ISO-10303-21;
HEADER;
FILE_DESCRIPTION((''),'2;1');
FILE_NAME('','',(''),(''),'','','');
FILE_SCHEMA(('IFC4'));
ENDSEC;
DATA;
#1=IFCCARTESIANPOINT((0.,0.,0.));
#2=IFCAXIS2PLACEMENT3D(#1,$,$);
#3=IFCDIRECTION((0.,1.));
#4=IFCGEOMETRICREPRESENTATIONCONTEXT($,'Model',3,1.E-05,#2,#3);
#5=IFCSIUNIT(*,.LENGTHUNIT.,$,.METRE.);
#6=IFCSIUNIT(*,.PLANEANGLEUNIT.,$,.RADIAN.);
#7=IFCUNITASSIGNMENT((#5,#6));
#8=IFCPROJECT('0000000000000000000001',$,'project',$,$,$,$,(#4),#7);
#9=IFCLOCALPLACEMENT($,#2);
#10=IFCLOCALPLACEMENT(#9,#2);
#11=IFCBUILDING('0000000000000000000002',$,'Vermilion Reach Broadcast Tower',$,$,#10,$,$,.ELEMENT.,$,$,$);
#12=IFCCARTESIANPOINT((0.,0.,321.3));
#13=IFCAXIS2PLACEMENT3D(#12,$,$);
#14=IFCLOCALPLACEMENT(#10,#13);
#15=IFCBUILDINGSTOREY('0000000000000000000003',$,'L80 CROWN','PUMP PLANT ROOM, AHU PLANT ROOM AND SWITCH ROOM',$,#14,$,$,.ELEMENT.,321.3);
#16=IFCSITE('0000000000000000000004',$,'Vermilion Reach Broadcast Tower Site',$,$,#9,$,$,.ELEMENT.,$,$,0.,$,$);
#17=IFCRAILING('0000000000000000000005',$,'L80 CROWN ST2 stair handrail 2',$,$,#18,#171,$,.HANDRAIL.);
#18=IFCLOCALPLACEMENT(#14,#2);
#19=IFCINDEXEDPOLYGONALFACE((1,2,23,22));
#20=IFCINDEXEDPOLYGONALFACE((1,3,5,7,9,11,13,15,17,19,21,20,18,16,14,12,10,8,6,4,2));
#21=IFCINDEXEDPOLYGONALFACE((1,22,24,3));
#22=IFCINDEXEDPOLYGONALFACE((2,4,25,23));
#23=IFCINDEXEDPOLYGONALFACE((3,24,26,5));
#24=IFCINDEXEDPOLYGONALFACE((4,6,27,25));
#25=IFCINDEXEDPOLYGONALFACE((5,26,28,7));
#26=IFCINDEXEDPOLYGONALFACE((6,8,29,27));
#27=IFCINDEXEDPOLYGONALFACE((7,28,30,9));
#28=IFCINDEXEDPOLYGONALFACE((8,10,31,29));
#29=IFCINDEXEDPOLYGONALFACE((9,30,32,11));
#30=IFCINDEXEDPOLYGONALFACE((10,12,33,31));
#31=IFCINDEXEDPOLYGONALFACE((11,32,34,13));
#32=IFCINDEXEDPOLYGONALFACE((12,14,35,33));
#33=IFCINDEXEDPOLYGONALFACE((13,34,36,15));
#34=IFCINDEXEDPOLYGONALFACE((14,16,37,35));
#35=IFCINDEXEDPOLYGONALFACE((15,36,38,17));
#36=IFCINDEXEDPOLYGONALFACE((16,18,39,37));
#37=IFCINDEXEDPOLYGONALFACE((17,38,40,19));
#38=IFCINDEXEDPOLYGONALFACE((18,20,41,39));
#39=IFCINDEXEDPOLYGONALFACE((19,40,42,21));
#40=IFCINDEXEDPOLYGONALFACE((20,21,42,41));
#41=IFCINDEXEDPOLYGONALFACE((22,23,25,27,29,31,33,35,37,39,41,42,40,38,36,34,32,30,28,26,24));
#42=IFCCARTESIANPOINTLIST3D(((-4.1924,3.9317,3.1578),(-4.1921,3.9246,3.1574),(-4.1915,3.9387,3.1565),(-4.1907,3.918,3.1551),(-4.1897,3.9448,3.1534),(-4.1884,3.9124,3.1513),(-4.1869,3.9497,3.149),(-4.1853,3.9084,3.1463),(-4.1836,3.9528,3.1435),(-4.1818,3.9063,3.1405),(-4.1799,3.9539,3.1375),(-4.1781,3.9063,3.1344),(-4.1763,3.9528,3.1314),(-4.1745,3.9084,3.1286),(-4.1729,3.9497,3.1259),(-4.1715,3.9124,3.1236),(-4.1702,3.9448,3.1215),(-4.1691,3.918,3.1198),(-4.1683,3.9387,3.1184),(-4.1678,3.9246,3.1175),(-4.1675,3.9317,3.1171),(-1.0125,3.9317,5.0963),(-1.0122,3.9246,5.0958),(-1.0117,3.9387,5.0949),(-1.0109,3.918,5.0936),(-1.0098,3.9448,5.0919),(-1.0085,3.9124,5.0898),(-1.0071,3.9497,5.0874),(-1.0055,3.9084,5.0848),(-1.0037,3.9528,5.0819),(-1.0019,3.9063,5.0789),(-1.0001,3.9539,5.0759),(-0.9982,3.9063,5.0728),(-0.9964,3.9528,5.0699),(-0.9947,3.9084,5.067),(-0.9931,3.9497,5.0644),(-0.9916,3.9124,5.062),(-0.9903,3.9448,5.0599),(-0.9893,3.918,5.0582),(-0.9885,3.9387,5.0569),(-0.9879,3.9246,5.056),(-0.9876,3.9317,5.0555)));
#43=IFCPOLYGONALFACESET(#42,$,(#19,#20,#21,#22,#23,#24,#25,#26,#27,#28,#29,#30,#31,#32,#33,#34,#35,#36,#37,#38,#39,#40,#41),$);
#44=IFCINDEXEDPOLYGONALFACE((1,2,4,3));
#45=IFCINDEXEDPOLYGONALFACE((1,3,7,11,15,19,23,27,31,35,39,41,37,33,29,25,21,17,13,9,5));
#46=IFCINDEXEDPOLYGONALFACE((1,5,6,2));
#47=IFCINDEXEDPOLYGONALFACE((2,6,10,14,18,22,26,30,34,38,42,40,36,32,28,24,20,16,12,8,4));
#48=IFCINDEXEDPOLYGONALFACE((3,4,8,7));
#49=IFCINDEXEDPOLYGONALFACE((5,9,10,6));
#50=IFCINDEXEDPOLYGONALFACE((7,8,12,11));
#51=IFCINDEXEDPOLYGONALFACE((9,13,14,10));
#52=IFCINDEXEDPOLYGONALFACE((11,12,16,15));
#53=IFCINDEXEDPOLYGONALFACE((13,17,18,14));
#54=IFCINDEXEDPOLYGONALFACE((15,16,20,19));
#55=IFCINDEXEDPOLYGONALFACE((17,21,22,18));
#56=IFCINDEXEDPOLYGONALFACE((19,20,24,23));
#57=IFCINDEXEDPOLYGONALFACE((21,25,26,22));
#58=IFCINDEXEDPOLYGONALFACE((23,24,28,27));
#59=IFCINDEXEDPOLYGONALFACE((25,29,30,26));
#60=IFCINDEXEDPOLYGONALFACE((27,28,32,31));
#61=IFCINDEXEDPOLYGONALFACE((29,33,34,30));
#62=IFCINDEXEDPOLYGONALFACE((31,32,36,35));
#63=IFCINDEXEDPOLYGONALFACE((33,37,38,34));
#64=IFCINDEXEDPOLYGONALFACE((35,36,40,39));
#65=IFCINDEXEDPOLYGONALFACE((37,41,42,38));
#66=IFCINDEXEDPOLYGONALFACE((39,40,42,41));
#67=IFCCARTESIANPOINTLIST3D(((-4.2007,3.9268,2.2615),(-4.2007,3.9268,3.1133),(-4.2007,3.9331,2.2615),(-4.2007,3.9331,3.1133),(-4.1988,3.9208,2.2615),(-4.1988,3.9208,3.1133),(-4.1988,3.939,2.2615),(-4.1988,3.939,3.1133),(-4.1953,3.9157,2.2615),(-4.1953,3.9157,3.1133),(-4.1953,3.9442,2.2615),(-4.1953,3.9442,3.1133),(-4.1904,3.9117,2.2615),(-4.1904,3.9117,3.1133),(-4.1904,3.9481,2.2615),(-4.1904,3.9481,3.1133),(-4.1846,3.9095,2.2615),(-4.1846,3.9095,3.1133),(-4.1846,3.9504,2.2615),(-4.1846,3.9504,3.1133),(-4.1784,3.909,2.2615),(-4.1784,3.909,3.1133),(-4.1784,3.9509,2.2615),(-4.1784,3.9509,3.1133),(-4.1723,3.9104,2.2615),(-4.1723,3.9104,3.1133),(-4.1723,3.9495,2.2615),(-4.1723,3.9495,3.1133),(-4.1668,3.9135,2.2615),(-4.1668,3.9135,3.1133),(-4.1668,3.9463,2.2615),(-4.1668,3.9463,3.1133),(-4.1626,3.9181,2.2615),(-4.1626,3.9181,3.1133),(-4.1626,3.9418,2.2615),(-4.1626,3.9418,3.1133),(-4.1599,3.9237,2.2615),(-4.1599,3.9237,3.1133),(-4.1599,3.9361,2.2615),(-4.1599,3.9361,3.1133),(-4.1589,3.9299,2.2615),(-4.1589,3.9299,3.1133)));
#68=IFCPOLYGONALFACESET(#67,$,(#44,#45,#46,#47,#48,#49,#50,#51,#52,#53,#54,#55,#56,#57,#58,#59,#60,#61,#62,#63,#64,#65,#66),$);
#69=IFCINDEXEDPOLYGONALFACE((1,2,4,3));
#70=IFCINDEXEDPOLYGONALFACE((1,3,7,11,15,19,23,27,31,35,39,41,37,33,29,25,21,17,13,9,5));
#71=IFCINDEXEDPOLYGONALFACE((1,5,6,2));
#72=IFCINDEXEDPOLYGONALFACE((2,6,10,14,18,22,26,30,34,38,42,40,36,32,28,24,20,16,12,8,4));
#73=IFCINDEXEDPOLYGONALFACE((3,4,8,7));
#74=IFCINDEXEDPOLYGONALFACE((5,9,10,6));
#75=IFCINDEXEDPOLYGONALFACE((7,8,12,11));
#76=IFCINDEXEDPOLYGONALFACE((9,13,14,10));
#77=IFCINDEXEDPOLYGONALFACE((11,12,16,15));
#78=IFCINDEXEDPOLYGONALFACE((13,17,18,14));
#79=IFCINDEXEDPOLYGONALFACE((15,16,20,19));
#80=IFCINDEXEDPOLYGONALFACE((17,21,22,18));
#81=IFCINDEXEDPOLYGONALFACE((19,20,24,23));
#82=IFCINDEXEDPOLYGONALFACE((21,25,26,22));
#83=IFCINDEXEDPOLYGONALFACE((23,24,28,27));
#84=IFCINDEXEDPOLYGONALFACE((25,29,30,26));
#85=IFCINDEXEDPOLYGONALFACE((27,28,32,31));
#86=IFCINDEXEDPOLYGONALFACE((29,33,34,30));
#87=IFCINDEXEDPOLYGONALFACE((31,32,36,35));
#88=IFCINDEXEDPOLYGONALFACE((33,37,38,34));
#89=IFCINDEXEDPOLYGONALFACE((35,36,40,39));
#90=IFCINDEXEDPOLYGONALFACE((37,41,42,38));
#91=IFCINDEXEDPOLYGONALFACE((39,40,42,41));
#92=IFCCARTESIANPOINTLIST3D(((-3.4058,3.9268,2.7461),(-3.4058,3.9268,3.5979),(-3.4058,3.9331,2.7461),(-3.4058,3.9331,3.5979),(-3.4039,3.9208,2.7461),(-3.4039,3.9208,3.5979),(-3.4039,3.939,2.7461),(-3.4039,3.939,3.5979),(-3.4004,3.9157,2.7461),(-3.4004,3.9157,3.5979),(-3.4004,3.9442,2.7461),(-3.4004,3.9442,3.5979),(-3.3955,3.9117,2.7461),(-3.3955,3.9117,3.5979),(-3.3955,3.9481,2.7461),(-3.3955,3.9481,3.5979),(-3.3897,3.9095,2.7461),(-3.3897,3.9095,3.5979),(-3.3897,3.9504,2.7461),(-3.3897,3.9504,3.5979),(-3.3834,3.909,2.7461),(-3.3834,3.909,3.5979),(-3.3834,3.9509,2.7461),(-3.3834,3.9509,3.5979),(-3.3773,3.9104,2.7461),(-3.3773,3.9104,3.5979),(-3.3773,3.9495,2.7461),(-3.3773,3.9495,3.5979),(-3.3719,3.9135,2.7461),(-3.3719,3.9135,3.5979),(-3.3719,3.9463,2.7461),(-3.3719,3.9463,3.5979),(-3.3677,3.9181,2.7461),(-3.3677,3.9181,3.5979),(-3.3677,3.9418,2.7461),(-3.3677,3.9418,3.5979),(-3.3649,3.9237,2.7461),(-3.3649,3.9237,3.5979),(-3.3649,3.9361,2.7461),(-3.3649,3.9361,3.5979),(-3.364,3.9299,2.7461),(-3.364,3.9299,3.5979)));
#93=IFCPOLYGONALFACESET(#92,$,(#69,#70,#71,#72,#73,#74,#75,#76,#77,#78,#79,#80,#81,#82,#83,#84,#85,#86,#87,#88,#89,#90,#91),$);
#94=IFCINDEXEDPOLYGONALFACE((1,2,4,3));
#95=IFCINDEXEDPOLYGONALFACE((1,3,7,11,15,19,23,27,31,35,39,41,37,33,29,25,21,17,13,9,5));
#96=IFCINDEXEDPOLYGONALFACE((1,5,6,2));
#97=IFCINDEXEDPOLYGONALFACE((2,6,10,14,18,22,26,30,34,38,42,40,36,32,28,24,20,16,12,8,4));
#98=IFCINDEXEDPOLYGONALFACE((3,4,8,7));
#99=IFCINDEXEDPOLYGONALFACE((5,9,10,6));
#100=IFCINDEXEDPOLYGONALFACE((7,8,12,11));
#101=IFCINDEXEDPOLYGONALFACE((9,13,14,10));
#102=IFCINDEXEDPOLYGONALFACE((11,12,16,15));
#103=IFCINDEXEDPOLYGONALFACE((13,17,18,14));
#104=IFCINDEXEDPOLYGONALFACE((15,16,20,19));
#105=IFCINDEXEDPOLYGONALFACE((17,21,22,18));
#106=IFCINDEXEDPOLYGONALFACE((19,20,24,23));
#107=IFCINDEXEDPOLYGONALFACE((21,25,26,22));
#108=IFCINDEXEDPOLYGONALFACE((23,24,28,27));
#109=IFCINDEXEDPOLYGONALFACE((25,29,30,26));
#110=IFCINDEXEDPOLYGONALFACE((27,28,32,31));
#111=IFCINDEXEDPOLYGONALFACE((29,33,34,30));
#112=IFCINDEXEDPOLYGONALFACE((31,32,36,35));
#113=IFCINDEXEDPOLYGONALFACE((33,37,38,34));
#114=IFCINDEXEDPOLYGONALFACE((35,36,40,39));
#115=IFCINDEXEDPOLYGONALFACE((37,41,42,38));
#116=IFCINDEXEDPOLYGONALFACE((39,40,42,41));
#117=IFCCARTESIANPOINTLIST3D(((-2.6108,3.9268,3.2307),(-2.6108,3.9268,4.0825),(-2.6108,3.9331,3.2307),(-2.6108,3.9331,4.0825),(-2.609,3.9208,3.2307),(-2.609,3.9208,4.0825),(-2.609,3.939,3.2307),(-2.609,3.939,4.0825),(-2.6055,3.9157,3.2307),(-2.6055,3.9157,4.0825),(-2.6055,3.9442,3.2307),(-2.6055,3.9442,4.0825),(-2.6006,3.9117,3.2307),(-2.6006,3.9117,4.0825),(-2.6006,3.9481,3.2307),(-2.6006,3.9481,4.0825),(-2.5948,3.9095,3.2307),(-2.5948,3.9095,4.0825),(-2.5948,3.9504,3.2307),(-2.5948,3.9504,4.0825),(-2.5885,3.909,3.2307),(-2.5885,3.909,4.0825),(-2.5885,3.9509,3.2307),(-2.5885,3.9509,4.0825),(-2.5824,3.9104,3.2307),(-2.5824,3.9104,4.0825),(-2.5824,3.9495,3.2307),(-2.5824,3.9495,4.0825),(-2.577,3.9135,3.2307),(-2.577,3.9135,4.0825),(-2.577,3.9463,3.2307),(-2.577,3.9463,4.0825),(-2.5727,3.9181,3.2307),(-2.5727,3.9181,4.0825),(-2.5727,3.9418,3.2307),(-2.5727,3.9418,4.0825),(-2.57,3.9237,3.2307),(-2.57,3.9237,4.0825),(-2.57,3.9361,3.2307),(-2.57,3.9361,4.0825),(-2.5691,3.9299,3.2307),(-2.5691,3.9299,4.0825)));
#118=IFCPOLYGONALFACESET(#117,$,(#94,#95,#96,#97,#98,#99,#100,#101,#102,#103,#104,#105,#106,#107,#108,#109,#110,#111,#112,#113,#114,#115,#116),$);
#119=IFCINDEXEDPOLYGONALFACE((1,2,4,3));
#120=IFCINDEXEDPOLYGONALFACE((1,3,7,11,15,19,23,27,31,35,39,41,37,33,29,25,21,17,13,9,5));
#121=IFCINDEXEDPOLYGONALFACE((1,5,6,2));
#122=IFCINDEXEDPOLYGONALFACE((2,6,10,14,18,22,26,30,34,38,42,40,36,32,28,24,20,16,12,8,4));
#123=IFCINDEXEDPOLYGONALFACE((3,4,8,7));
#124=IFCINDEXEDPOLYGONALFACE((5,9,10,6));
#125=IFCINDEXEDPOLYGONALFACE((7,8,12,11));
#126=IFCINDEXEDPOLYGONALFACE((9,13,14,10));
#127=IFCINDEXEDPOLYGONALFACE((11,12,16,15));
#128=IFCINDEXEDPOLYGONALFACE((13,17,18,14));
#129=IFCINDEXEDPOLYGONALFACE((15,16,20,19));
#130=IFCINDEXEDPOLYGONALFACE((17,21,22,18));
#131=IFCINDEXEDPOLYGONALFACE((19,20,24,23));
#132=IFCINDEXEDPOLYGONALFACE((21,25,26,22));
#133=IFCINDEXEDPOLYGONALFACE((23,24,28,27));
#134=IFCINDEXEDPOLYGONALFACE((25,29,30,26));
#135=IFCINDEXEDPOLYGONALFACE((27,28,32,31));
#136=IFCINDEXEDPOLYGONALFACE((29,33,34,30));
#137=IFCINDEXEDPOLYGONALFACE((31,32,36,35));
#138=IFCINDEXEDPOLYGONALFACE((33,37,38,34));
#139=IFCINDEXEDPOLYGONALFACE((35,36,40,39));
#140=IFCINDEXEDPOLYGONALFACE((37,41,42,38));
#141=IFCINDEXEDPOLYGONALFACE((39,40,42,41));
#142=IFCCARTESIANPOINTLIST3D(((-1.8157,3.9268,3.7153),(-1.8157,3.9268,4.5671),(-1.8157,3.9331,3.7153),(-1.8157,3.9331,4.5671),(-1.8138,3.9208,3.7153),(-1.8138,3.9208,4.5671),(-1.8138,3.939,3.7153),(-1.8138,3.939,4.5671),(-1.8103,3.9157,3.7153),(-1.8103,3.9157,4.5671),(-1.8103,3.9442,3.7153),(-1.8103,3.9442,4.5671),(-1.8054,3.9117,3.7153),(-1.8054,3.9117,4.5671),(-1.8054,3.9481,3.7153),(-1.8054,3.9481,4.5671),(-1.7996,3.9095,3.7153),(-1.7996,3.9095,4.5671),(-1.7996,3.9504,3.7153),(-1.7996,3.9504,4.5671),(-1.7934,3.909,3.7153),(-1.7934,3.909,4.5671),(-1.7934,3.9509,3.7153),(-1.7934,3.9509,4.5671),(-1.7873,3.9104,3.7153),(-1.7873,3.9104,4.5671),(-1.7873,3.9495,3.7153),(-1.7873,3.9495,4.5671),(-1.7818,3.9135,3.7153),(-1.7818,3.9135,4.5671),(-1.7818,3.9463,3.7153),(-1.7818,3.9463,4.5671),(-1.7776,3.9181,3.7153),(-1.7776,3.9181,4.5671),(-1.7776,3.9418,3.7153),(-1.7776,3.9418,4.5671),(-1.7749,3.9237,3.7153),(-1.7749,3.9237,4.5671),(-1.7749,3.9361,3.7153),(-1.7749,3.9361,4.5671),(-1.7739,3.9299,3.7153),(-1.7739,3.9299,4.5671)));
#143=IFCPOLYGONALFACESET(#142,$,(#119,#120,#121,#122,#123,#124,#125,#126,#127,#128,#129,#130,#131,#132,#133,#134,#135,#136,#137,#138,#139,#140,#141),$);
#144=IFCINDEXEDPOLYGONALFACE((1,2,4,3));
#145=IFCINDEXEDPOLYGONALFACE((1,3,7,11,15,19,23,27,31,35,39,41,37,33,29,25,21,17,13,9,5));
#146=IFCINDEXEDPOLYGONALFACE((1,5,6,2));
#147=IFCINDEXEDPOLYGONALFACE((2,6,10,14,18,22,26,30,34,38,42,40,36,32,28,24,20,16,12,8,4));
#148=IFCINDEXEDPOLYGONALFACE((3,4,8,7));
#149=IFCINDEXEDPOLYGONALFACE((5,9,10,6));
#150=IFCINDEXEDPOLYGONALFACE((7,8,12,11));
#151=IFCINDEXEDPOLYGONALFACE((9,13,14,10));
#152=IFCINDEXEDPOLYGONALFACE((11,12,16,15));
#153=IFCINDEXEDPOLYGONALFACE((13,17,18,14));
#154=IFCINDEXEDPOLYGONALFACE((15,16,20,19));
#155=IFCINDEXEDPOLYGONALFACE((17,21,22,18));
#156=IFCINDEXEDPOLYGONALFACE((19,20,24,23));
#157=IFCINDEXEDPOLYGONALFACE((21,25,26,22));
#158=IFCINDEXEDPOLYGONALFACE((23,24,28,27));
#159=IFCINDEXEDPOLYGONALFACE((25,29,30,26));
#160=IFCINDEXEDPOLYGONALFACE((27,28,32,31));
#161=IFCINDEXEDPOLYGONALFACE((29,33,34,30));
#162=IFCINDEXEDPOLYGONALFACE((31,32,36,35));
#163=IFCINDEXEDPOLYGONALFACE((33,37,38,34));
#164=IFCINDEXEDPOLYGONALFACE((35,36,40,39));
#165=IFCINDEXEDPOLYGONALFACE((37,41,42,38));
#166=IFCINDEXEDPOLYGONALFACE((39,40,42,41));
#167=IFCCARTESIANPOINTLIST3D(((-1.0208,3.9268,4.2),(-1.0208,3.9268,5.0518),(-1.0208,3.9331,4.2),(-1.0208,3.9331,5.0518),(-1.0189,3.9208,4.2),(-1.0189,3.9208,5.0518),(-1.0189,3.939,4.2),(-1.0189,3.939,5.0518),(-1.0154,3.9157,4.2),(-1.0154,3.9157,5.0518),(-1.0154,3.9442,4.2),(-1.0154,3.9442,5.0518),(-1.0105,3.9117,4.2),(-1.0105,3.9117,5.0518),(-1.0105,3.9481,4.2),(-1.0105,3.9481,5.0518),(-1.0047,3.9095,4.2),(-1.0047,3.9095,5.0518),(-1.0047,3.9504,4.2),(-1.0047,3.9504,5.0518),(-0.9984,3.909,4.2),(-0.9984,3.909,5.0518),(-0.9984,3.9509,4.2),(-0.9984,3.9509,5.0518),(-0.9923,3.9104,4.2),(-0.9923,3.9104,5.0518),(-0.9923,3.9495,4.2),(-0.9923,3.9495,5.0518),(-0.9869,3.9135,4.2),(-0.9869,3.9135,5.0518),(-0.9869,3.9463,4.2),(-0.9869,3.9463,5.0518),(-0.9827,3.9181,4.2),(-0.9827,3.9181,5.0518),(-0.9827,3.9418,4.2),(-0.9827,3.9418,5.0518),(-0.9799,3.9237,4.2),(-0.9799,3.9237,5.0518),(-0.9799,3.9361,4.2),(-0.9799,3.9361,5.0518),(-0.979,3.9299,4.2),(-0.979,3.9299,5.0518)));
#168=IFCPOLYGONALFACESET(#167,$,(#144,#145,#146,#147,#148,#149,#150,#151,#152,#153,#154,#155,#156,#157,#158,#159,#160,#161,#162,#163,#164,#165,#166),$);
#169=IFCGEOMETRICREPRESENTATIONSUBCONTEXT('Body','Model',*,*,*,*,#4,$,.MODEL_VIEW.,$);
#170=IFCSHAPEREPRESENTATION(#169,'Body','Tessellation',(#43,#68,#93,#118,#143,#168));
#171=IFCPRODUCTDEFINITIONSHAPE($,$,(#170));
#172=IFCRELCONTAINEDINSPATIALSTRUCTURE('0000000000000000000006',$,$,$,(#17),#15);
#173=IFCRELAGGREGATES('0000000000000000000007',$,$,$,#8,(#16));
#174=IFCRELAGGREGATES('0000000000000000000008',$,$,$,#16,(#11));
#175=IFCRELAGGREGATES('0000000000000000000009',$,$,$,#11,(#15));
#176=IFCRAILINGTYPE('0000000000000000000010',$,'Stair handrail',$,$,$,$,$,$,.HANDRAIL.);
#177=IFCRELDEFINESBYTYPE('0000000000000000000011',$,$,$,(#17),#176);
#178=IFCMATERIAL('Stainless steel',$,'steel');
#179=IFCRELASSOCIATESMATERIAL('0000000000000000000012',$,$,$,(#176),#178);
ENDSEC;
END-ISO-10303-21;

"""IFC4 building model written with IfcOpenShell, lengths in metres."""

from ifc_helpers import new_model, si_unit, direction, frame, origin, origin_2d, place, context, subcontext, project, spatial, circle, extrude, material, type_object, element, save


model = new_model("IFC4")

# Units and contexts
model_context = context("Model", 3, precision=1e-05, world=origin(), true_north=direction((0.0, 1.0)))
body_context = subcontext(model_context, "Body", "Model", "MODEL_VIEW")
ifc_project = project(units=[si_unit("LENGTHUNIT", "METRE"), si_unit("PLANEANGLEUNIT", "RADIAN")], contexts=[model_context])

# Site, building, storey
site_placement = place(None, origin())
site = spatial("IfcSite", under=ifc_project, at=site_placement, Name="Vermilion Reach Broadcast Tower Site", CompositionType="ELEMENT", RefElevation=0.0)
building_placement = place(site_placement, origin())
building = spatial("IfcBuilding", under=site, at=building_placement, Name="Vermilion Reach Broadcast Tower", CompositionType="ELEMENT")
storey_placement = place(building_placement, frame((0.0, 0.0, 321.3)))
storey = spatial("IfcBuildingStorey", under=building, at=storey_placement, Name="L80 CROWN", Description="PUMP PLANT ROOM, AHU PLANT ROOM AND SWITCH ROOM", CompositionType="ELEMENT", Elevation=321.3)

# Railing
ifc_material_1 = material(Name="Stainless steel", Category="steel")
railing_type_1 = type_object("IfcRailingType", Name="Stair handrail", PredefinedType="HANDRAIL", material=ifc_material_1)
railing_1_placement = place(storey_placement, frame((-4.1799, 3.9299, 2.2615)))
element("IfcRailing", 1, at=railing_1_placement, inside=storey, type_object=railing_type_1, Name="L80 CROWN ST2 stair handrail 2", PredefinedType="HANDRAIL", context=body_context, shape_type="SweptSolid", body=[
    extrude(circle(Radius=0.0239, at=origin_2d()), frame((0.0, 0.0, 0.876), z_axis=(0.853857, 0.0, 0.520508), x_axis=(0.0, 1.0, 0.0)), (0.0, 0.0, 1.0), 3.7241),
    extrude(circle(Radius=0.021, at=origin_2d()), origin(), (0.0, 0.0, 1.0), 0.8518),
    extrude(circle(Radius=0.021, at=origin_2d()), frame((0.7949, 0.0, 0.4846)), (0.0, 0.0, 1.0), 0.8518),
    extrude(circle(Radius=0.021, at=origin_2d()), frame((1.5898, 0.0, 0.9692)), (0.0, 0.0, 1.0), 0.8518),
    extrude(circle(Radius=0.021, at=origin_2d()), frame((2.385, 0.0, 1.4539)), (0.0, 0.0, 1.0), 0.8518),
    extrude(circle(Radius=0.021, at=origin_2d()), frame((3.1799, 0.0, 1.9385)), (0.0, 0.0, 1.0), 0.8518),
])

save(model, "model.ifc")
